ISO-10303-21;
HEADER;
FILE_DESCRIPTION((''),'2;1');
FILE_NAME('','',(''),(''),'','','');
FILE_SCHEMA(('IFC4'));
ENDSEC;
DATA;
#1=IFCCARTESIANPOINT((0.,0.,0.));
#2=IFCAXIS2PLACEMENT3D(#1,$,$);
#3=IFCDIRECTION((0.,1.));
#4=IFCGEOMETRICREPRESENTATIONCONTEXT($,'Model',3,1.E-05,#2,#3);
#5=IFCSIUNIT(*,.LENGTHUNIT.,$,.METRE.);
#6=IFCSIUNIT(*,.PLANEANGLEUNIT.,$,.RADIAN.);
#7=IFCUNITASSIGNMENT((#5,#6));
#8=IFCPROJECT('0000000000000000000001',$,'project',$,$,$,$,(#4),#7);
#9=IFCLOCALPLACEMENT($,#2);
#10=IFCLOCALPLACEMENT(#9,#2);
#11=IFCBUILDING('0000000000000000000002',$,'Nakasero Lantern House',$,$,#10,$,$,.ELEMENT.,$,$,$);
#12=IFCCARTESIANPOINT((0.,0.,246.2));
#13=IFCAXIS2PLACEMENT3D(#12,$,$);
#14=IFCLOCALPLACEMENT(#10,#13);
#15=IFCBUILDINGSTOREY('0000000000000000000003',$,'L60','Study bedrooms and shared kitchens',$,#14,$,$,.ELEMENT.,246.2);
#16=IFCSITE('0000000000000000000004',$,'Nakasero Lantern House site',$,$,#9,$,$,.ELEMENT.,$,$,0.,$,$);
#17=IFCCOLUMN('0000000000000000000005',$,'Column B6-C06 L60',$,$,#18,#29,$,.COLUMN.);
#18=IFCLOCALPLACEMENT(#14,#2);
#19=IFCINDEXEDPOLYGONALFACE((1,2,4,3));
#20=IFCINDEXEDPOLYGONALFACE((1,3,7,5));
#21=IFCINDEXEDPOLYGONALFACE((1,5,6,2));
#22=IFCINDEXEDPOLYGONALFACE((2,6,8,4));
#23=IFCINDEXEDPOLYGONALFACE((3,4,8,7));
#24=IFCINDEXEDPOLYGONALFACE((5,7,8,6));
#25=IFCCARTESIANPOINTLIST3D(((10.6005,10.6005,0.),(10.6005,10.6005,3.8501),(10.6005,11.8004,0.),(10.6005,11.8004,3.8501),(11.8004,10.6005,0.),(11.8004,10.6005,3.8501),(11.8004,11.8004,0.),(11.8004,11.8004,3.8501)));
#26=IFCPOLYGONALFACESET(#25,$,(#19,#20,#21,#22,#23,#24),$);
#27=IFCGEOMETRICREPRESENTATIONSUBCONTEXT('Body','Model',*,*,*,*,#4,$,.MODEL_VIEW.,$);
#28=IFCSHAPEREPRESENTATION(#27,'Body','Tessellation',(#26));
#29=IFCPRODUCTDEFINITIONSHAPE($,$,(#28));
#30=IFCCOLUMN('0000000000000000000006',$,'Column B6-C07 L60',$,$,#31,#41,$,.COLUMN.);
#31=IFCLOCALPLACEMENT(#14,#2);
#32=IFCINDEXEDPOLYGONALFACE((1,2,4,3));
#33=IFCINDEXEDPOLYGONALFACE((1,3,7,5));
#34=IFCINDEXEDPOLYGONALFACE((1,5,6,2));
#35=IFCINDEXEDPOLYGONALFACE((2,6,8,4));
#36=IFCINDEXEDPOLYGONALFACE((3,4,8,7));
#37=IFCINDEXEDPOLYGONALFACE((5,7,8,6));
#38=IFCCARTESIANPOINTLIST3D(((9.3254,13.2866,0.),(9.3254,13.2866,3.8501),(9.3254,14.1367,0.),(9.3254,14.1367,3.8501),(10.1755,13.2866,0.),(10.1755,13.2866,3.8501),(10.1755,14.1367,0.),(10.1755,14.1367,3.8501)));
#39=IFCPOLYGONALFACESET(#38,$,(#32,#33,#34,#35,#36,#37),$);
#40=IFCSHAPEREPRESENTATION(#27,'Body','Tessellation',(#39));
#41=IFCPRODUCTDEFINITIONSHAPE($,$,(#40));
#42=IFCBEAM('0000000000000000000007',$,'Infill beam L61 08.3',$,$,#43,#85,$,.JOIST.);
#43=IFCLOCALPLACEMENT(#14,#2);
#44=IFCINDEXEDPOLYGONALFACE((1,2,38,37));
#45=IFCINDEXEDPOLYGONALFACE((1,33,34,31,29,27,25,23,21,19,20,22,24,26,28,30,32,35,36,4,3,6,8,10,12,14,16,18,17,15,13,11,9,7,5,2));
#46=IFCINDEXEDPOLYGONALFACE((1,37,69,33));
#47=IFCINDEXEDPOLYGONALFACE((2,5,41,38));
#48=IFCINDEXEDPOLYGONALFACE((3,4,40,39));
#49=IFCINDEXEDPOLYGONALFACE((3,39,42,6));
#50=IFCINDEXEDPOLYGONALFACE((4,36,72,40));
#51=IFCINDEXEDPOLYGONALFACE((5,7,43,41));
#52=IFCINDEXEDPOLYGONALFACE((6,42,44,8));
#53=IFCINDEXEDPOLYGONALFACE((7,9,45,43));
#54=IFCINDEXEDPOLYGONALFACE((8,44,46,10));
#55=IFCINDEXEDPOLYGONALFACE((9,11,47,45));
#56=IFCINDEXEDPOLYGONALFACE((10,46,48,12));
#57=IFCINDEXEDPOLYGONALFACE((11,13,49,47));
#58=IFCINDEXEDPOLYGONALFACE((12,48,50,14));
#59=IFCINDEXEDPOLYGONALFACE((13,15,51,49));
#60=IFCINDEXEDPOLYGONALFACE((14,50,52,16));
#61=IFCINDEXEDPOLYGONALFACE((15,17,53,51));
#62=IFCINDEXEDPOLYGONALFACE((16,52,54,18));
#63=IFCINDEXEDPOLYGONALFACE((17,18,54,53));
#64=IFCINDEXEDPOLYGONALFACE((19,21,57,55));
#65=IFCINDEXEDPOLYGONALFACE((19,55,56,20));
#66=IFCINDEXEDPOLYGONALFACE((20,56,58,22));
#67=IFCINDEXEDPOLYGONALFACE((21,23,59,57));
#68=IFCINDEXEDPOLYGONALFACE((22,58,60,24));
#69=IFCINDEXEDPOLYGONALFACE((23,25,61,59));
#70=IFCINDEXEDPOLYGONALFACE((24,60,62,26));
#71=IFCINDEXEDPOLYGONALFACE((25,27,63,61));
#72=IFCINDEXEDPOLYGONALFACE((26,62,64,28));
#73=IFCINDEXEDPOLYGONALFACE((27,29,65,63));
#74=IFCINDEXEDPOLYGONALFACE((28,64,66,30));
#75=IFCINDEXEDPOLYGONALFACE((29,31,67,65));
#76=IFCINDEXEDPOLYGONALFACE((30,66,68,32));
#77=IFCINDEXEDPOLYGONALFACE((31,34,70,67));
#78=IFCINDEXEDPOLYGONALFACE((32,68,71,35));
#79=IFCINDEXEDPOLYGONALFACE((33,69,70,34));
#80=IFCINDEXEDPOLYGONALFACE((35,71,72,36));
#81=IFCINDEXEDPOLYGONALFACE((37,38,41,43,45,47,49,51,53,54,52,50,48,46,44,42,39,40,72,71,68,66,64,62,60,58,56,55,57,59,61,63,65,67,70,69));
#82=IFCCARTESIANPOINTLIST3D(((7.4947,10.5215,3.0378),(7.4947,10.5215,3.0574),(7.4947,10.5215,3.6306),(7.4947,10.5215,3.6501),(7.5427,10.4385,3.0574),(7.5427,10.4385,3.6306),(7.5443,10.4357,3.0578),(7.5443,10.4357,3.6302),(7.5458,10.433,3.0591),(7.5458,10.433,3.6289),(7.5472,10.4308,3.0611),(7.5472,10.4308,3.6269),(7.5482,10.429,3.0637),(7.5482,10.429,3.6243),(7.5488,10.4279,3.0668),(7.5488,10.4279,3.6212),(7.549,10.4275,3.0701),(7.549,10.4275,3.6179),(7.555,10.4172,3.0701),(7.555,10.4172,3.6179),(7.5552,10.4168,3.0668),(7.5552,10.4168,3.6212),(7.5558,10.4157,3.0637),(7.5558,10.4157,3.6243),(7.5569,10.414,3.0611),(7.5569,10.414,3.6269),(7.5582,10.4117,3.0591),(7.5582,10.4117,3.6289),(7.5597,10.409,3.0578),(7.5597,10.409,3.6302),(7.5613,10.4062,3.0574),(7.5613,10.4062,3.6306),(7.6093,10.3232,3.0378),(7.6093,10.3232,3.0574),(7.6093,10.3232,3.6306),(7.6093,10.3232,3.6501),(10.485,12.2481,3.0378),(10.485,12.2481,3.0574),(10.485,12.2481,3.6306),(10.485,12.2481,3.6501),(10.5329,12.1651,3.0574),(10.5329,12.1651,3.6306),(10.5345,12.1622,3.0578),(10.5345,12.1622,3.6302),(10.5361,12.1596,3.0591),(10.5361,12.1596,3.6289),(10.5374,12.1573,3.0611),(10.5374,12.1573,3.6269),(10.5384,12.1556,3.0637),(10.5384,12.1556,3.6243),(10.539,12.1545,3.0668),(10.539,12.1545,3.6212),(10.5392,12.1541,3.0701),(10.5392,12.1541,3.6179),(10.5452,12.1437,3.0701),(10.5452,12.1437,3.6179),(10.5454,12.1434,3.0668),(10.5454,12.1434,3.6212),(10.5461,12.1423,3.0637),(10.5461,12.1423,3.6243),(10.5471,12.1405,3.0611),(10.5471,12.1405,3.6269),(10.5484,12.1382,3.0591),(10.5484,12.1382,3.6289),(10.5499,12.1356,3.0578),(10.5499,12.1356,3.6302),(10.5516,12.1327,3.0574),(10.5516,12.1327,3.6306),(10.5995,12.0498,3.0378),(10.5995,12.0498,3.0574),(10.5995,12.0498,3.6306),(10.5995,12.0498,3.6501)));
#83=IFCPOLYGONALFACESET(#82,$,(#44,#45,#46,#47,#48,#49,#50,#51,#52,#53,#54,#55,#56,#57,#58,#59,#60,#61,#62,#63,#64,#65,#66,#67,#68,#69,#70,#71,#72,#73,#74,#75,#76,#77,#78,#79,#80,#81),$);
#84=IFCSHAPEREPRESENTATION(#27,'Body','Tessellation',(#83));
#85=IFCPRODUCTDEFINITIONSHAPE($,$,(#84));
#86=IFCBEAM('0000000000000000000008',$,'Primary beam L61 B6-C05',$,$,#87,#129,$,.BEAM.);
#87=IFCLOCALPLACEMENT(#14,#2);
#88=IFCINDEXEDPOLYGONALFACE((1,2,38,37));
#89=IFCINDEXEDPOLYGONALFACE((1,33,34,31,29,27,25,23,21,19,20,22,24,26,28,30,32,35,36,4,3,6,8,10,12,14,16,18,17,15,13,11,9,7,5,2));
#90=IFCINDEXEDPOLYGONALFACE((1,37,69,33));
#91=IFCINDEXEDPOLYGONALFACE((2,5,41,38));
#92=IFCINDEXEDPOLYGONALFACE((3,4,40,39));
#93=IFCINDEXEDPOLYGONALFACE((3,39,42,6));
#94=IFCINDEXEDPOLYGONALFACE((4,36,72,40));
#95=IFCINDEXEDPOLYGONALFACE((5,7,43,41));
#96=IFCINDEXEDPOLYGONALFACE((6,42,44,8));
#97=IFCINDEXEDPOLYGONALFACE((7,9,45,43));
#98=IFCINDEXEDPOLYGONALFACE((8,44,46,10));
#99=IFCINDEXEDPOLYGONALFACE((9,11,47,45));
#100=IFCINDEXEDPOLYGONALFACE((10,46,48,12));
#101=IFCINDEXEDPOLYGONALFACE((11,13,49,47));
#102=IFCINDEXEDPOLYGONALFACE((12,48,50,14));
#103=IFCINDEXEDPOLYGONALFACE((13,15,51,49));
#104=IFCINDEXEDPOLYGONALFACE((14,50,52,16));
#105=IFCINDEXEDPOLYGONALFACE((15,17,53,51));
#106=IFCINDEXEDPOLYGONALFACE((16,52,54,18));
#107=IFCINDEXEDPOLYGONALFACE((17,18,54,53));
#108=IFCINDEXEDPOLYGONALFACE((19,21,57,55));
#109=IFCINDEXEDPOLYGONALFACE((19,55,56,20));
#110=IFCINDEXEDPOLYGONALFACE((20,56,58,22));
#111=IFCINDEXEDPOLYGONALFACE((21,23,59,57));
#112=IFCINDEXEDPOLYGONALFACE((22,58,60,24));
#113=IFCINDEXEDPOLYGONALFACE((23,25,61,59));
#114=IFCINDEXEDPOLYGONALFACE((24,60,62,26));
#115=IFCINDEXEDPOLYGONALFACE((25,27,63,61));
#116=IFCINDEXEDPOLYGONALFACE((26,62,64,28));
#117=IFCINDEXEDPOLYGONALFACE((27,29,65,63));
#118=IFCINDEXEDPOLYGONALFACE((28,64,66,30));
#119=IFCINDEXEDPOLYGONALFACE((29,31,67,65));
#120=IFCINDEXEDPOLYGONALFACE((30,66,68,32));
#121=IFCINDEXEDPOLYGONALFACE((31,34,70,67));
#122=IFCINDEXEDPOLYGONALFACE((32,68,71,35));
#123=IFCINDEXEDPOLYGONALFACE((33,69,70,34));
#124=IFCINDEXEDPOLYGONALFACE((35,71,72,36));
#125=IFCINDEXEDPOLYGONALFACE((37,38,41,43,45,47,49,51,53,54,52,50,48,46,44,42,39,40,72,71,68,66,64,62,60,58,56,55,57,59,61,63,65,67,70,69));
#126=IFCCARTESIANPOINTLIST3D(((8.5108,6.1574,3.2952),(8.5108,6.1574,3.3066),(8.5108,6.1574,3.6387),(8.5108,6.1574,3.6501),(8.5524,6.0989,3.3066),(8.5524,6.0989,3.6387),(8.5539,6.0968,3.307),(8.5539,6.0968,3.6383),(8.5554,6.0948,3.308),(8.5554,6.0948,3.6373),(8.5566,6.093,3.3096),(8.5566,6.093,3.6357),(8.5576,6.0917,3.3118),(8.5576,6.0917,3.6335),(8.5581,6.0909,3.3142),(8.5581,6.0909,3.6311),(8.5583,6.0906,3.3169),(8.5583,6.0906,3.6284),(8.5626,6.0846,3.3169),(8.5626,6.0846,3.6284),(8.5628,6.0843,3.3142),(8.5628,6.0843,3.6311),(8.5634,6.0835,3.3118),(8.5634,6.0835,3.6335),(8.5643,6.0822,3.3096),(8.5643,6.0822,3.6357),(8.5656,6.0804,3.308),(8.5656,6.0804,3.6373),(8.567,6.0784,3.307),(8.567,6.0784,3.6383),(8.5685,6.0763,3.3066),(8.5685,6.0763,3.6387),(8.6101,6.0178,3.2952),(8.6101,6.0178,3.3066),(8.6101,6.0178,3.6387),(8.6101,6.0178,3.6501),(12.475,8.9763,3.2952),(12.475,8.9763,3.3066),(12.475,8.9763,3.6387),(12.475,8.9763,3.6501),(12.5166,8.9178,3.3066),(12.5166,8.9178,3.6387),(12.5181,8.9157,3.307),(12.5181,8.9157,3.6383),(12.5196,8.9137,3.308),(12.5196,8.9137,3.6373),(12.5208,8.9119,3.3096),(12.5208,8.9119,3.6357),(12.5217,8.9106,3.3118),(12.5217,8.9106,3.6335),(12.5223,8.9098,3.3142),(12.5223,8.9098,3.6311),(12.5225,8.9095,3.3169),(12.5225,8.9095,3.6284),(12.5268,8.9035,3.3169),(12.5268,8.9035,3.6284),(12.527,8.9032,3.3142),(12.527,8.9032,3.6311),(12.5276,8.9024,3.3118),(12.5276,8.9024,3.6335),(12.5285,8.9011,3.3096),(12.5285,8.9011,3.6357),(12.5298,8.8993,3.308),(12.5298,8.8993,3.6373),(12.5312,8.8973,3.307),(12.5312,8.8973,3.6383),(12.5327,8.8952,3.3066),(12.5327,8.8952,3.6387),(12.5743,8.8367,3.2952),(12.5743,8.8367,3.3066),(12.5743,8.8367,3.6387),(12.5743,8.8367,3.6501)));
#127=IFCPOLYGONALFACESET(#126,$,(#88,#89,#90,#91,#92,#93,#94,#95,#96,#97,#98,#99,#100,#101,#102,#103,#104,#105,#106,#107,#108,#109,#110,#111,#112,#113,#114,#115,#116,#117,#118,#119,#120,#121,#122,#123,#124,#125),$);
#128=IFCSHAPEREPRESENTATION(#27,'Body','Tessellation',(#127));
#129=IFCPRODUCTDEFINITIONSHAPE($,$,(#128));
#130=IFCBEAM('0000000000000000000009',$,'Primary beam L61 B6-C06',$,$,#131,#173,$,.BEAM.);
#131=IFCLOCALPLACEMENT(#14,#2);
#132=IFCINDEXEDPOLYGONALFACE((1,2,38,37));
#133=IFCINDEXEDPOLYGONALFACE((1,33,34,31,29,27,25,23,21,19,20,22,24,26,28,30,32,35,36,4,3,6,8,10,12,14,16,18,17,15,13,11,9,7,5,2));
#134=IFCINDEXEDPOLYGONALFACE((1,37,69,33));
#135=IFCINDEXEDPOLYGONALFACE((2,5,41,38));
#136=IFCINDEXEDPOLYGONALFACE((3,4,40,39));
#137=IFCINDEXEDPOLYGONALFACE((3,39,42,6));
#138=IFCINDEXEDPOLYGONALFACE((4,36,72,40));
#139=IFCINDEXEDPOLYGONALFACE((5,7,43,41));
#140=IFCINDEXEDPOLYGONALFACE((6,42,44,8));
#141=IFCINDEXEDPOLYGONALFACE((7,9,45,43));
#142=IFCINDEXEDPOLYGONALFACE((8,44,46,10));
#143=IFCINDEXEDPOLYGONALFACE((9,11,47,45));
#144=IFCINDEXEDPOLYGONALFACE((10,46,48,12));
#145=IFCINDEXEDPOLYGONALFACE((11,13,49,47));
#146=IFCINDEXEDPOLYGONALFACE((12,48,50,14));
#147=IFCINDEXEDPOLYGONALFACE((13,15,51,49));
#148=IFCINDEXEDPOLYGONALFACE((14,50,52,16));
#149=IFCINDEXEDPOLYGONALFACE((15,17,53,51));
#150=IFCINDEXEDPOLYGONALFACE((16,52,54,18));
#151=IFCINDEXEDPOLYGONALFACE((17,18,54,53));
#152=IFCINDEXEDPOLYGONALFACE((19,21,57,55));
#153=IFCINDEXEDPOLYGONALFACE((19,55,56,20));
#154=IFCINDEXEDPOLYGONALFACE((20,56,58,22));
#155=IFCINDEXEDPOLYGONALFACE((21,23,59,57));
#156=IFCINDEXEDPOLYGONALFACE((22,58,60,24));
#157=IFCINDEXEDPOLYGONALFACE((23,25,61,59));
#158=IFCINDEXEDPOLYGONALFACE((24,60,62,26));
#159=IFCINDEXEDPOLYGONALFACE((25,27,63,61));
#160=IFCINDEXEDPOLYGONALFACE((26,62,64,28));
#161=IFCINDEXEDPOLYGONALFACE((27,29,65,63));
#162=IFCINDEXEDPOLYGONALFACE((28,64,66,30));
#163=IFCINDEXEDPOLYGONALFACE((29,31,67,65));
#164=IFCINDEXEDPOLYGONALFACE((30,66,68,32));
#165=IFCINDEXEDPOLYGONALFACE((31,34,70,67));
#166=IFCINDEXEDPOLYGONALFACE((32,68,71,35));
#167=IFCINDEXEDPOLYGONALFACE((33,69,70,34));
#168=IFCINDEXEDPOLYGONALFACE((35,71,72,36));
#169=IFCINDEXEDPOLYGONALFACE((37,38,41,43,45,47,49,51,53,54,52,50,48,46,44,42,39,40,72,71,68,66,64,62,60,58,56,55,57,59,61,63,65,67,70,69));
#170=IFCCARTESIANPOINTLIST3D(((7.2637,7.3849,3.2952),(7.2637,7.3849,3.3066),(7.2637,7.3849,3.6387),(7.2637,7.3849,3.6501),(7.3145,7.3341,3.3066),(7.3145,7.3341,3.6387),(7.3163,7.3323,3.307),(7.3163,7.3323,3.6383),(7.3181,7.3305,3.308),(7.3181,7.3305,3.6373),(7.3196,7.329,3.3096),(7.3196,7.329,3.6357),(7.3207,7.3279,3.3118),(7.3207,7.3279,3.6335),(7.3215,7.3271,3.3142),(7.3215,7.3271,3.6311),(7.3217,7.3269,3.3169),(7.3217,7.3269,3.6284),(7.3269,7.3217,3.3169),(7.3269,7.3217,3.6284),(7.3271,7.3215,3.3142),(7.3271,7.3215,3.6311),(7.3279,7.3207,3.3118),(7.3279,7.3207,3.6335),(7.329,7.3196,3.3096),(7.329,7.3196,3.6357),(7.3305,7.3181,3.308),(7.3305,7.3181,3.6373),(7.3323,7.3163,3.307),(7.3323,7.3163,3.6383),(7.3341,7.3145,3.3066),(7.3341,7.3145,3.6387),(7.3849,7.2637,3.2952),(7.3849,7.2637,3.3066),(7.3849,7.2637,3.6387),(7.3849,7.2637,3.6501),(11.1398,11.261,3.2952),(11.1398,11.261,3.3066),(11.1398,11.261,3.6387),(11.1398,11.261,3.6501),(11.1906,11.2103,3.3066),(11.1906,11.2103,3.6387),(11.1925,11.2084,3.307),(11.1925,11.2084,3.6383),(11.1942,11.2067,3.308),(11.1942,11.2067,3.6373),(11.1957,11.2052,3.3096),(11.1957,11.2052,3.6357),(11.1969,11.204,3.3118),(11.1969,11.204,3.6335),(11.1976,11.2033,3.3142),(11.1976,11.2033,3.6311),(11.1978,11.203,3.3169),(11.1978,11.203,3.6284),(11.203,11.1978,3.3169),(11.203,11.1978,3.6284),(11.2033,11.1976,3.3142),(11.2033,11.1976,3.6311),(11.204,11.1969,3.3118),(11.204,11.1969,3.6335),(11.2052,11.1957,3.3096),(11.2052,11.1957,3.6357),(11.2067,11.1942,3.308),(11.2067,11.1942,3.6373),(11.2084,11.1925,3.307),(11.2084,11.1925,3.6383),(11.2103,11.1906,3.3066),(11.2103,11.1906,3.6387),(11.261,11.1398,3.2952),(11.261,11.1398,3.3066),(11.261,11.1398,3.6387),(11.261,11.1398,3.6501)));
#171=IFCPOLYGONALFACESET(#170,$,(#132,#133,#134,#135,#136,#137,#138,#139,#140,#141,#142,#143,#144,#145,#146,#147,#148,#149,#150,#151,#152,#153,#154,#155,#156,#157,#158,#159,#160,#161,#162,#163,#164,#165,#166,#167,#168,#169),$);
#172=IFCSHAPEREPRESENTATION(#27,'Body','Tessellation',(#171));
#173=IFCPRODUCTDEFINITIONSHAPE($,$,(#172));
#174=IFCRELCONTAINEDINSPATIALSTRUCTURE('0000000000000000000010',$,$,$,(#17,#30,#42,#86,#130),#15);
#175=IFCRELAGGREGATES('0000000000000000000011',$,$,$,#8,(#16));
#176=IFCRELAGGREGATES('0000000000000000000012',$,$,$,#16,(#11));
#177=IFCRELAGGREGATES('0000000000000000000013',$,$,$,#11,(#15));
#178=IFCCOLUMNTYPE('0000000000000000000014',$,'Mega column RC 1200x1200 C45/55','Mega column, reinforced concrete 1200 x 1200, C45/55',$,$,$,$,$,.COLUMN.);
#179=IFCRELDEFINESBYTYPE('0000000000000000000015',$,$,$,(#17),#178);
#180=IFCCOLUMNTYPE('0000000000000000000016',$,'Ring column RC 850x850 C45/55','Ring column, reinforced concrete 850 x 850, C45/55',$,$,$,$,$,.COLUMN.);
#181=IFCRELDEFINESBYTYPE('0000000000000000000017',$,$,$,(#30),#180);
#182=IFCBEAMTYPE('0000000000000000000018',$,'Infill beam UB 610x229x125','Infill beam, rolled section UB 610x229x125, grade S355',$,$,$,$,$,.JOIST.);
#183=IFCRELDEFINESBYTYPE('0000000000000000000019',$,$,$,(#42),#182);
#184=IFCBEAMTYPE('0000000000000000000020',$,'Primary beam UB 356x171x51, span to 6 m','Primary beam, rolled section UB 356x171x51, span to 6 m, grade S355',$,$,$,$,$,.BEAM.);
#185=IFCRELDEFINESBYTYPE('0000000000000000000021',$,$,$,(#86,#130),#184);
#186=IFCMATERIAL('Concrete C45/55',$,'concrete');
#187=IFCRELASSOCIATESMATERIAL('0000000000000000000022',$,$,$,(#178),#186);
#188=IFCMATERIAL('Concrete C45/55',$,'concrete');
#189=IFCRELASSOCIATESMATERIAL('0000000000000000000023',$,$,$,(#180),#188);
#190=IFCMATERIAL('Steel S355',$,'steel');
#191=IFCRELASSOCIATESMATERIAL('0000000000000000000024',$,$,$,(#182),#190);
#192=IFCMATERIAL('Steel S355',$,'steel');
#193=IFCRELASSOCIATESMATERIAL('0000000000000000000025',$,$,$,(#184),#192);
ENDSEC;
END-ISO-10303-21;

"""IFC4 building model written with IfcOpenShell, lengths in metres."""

from ifc_helpers import new_model, si_unit, direction, frame, origin, origin_2d, place, context, subcontext, project, spatial, rectangle, i_section, extrude, material, material_profile, profile_set, type_object, element, save


model = new_model("IFC4")

# Units and contexts
model_context = context("Model", 3, precision=1e-05, world=origin(), true_north=direction((0.0, 1.0)))
body_context = subcontext(model_context, "Body", "Model", "MODEL_VIEW")
ifc_project = project(units=[si_unit("LENGTHUNIT", "METRE"), si_unit("PLANEANGLEUNIT", "RADIAN")], contexts=[model_context])

# Site, building, storey
site_placement = place(None, origin())
site = spatial("IfcSite", under=ifc_project, at=site_placement, Name="Nakasero Lantern House site", CompositionType="ELEMENT", RefElevation=0.0)
building_placement = place(site_placement, origin())
building = spatial("IfcBuilding", under=site, at=building_placement, Name="Nakasero Lantern House", CompositionType="ELEMENT")
storey_placement = place(building_placement, frame((0.0, 0.0, 246.2)))
storey = spatial("IfcBuildingStorey", under=building, at=storey_placement, Name="L60", Description="Study bedrooms and shared kitchens", CompositionType="ELEMENT", Elevation=246.2)

# Columns
ifc_material_1 = material(Name="Concrete C45/55", Category="concrete")
ifc_material_profile_1 = material_profile(ifc_material_1, rectangle(XDim=1.2, YDim=1.2, at=origin_2d()), Name="RC 1200x1200")
ifc_profile_set_1 = profile_set([ifc_material_profile_1], Name="Concrete C45/55")
column_type_1 = type_object("IfcColumnType", Name="Mega column RC 1200x1200 C45/55", Description="Mega column, reinforced concrete 1200 x 1200, C45/55", PredefinedType="COLUMN", material=ifc_profile_set_1)
column_1_placement = place(storey_placement, frame((11.2004, 11.2004, 0.0), z_axis=(0.0, 0.0, 1.0), x_axis=(1.0, 0.0, 0.0)))
element("IfcColumn", 1, at=column_1_placement, inside=storey, type_object=column_type_1, Name="Column B6-C06 L60", PredefinedType="COLUMN", context=body_context, shape_type="SweptSolid", body=[
    extrude(rectangle(XDim=1.2, YDim=1.2, at=origin_2d()), origin(), (0.0, 0.0, 1.0), 3.8501),
])
ifc_material_2 = material(Name="Concrete C45/55", Category="concrete")
ifc_material_profile_2 = material_profile(ifc_material_2, rectangle(XDim=0.8501, YDim=0.8501, at=origin_2d()), Name="RC 850x850")
ifc_profile_set_2 = profile_set([ifc_material_profile_2], Name="Concrete C45/55")
column_type_2 = type_object("IfcColumnType", Name="Ring column RC 850x850 C45/55", Description="Ring column, reinforced concrete 850 x 850, C45/55", PredefinedType="COLUMN", material=ifc_profile_set_2)
column_2_placement = place(storey_placement, frame((9.7505, 13.7117, 0.0), z_axis=(0.0, 0.0, 1.0), x_axis=(1.0, 0.0, 0.0)))
element("IfcColumn", 2, at=column_2_placement, inside=storey, type_object=column_type_2, Name="Column B6-C07 L60", PredefinedType="COLUMN", context=body_context, shape_type="SweptSolid", body=[
    extrude(rectangle(XDim=0.8501, YDim=0.8501, at=origin_2d()), origin(), (0.0, 0.0, 1.0), 3.8501),
])

# Beams
ifc_material_3 = material(Name="Steel S355", Category="steel")
ifc_material_profile_3 = material_profile(ifc_material_3, i_section(OverallWidth=0.229, OverallDepth=0.6123, WebThickness=0.012, FlangeThickness=0.0195, FilletRadius=0.0127, at=origin_2d()), Name="UB 610x229x125")
ifc_profile_set_3 = profile_set([ifc_material_profile_3], Name="Steel S355")
beam_type_1 = type_object("IfcBeamType", Name="Infill beam UB 610x229x125", Description="Infill beam, rolled section UB 610x229x125, grade S355", PredefinedType="JOIST", material=ifc_profile_set_3)
beam_1_placement = place(storey_placement, frame((7.552, 10.4224, 3.344), z_axis=(0.866007, 0.500033, 0.0), x_axis=(-0.500033, 0.866007, 0.0)))
element("IfcBeam", 3, at=beam_1_placement, inside=storey, type_object=beam_type_1, Name="Infill beam L61 08.3", PredefinedType="JOIST", context=body_context, shape_type="SweptSolid", body=[
    extrude(i_section(OverallWidth=0.229, OverallDepth=0.6123, WebThickness=0.012, FlangeThickness=0.0195, FilletRadius=0.0127, at=origin_2d()), origin(), (0.0, 0.0, 1.0), 3.4529),
])
ifc_material_4 = material(Name="Steel S355", Category="steel")
ifc_material_profile_4 = material_profile(ifc_material_4, i_section(OverallWidth=0.1714, OverallDepth=0.355, WebThickness=0.0073, FlangeThickness=0.0115, FilletRadius=0.0103, at=origin_2d()), Name="UB 356x171x51")
ifc_profile_set_4 = profile_set([ifc_material_profile_4], Name="Steel S355")
beam_type_2 = type_object("IfcBeamType", Name="Primary beam UB 356x171x51, span to 6 m", Description="Primary beam, rolled section UB 356x171x51, span to 6 m, grade S355", PredefinedType="BEAM", material=ifc_profile_set_4)
beam_2_placement = place(storey_placement, frame((12.5247, 8.9065, 3.4727), z_axis=(-0.814963, -0.579513, 0.0), x_axis=(0.579513, -0.814963, 0.0)))
element("IfcBeam", 4, at=beam_2_placement, inside=storey, type_object=beam_type_2, Name="Primary beam L61 B6-C05", PredefinedType="BEAM", context=body_context, shape_type="SweptSolid", body=[
    extrude(i_section(OverallWidth=0.1714, OverallDepth=0.355, WebThickness=0.0073, FlangeThickness=0.0115, FilletRadius=0.0103, at=origin_2d()), origin(), (0.0, 0.0, 1.0), 4.8643),
])
beam_3_placement = place(storey_placement, frame((11.2004, 11.2004, 3.4727), z_axis=(-0.707107, -0.707107, 0.0), x_axis=(0.707107, -0.707107, 0.0)))
element("IfcBeam", 5, at=beam_3_placement, inside=storey, type_object=beam_type_2, Name="Primary beam L61 B6-C06", PredefinedType="BEAM", context=body_context, shape_type="SweptSolid", body=[
    extrude(i_section(OverallWidth=0.1714, OverallDepth=0.355, WebThickness=0.0073, FlangeThickness=0.0115, FilletRadius=0.0103, at=origin_2d()), origin(), (0.0, 0.0, 1.0), 5.4817),
])

save(model, "model.ifc")
